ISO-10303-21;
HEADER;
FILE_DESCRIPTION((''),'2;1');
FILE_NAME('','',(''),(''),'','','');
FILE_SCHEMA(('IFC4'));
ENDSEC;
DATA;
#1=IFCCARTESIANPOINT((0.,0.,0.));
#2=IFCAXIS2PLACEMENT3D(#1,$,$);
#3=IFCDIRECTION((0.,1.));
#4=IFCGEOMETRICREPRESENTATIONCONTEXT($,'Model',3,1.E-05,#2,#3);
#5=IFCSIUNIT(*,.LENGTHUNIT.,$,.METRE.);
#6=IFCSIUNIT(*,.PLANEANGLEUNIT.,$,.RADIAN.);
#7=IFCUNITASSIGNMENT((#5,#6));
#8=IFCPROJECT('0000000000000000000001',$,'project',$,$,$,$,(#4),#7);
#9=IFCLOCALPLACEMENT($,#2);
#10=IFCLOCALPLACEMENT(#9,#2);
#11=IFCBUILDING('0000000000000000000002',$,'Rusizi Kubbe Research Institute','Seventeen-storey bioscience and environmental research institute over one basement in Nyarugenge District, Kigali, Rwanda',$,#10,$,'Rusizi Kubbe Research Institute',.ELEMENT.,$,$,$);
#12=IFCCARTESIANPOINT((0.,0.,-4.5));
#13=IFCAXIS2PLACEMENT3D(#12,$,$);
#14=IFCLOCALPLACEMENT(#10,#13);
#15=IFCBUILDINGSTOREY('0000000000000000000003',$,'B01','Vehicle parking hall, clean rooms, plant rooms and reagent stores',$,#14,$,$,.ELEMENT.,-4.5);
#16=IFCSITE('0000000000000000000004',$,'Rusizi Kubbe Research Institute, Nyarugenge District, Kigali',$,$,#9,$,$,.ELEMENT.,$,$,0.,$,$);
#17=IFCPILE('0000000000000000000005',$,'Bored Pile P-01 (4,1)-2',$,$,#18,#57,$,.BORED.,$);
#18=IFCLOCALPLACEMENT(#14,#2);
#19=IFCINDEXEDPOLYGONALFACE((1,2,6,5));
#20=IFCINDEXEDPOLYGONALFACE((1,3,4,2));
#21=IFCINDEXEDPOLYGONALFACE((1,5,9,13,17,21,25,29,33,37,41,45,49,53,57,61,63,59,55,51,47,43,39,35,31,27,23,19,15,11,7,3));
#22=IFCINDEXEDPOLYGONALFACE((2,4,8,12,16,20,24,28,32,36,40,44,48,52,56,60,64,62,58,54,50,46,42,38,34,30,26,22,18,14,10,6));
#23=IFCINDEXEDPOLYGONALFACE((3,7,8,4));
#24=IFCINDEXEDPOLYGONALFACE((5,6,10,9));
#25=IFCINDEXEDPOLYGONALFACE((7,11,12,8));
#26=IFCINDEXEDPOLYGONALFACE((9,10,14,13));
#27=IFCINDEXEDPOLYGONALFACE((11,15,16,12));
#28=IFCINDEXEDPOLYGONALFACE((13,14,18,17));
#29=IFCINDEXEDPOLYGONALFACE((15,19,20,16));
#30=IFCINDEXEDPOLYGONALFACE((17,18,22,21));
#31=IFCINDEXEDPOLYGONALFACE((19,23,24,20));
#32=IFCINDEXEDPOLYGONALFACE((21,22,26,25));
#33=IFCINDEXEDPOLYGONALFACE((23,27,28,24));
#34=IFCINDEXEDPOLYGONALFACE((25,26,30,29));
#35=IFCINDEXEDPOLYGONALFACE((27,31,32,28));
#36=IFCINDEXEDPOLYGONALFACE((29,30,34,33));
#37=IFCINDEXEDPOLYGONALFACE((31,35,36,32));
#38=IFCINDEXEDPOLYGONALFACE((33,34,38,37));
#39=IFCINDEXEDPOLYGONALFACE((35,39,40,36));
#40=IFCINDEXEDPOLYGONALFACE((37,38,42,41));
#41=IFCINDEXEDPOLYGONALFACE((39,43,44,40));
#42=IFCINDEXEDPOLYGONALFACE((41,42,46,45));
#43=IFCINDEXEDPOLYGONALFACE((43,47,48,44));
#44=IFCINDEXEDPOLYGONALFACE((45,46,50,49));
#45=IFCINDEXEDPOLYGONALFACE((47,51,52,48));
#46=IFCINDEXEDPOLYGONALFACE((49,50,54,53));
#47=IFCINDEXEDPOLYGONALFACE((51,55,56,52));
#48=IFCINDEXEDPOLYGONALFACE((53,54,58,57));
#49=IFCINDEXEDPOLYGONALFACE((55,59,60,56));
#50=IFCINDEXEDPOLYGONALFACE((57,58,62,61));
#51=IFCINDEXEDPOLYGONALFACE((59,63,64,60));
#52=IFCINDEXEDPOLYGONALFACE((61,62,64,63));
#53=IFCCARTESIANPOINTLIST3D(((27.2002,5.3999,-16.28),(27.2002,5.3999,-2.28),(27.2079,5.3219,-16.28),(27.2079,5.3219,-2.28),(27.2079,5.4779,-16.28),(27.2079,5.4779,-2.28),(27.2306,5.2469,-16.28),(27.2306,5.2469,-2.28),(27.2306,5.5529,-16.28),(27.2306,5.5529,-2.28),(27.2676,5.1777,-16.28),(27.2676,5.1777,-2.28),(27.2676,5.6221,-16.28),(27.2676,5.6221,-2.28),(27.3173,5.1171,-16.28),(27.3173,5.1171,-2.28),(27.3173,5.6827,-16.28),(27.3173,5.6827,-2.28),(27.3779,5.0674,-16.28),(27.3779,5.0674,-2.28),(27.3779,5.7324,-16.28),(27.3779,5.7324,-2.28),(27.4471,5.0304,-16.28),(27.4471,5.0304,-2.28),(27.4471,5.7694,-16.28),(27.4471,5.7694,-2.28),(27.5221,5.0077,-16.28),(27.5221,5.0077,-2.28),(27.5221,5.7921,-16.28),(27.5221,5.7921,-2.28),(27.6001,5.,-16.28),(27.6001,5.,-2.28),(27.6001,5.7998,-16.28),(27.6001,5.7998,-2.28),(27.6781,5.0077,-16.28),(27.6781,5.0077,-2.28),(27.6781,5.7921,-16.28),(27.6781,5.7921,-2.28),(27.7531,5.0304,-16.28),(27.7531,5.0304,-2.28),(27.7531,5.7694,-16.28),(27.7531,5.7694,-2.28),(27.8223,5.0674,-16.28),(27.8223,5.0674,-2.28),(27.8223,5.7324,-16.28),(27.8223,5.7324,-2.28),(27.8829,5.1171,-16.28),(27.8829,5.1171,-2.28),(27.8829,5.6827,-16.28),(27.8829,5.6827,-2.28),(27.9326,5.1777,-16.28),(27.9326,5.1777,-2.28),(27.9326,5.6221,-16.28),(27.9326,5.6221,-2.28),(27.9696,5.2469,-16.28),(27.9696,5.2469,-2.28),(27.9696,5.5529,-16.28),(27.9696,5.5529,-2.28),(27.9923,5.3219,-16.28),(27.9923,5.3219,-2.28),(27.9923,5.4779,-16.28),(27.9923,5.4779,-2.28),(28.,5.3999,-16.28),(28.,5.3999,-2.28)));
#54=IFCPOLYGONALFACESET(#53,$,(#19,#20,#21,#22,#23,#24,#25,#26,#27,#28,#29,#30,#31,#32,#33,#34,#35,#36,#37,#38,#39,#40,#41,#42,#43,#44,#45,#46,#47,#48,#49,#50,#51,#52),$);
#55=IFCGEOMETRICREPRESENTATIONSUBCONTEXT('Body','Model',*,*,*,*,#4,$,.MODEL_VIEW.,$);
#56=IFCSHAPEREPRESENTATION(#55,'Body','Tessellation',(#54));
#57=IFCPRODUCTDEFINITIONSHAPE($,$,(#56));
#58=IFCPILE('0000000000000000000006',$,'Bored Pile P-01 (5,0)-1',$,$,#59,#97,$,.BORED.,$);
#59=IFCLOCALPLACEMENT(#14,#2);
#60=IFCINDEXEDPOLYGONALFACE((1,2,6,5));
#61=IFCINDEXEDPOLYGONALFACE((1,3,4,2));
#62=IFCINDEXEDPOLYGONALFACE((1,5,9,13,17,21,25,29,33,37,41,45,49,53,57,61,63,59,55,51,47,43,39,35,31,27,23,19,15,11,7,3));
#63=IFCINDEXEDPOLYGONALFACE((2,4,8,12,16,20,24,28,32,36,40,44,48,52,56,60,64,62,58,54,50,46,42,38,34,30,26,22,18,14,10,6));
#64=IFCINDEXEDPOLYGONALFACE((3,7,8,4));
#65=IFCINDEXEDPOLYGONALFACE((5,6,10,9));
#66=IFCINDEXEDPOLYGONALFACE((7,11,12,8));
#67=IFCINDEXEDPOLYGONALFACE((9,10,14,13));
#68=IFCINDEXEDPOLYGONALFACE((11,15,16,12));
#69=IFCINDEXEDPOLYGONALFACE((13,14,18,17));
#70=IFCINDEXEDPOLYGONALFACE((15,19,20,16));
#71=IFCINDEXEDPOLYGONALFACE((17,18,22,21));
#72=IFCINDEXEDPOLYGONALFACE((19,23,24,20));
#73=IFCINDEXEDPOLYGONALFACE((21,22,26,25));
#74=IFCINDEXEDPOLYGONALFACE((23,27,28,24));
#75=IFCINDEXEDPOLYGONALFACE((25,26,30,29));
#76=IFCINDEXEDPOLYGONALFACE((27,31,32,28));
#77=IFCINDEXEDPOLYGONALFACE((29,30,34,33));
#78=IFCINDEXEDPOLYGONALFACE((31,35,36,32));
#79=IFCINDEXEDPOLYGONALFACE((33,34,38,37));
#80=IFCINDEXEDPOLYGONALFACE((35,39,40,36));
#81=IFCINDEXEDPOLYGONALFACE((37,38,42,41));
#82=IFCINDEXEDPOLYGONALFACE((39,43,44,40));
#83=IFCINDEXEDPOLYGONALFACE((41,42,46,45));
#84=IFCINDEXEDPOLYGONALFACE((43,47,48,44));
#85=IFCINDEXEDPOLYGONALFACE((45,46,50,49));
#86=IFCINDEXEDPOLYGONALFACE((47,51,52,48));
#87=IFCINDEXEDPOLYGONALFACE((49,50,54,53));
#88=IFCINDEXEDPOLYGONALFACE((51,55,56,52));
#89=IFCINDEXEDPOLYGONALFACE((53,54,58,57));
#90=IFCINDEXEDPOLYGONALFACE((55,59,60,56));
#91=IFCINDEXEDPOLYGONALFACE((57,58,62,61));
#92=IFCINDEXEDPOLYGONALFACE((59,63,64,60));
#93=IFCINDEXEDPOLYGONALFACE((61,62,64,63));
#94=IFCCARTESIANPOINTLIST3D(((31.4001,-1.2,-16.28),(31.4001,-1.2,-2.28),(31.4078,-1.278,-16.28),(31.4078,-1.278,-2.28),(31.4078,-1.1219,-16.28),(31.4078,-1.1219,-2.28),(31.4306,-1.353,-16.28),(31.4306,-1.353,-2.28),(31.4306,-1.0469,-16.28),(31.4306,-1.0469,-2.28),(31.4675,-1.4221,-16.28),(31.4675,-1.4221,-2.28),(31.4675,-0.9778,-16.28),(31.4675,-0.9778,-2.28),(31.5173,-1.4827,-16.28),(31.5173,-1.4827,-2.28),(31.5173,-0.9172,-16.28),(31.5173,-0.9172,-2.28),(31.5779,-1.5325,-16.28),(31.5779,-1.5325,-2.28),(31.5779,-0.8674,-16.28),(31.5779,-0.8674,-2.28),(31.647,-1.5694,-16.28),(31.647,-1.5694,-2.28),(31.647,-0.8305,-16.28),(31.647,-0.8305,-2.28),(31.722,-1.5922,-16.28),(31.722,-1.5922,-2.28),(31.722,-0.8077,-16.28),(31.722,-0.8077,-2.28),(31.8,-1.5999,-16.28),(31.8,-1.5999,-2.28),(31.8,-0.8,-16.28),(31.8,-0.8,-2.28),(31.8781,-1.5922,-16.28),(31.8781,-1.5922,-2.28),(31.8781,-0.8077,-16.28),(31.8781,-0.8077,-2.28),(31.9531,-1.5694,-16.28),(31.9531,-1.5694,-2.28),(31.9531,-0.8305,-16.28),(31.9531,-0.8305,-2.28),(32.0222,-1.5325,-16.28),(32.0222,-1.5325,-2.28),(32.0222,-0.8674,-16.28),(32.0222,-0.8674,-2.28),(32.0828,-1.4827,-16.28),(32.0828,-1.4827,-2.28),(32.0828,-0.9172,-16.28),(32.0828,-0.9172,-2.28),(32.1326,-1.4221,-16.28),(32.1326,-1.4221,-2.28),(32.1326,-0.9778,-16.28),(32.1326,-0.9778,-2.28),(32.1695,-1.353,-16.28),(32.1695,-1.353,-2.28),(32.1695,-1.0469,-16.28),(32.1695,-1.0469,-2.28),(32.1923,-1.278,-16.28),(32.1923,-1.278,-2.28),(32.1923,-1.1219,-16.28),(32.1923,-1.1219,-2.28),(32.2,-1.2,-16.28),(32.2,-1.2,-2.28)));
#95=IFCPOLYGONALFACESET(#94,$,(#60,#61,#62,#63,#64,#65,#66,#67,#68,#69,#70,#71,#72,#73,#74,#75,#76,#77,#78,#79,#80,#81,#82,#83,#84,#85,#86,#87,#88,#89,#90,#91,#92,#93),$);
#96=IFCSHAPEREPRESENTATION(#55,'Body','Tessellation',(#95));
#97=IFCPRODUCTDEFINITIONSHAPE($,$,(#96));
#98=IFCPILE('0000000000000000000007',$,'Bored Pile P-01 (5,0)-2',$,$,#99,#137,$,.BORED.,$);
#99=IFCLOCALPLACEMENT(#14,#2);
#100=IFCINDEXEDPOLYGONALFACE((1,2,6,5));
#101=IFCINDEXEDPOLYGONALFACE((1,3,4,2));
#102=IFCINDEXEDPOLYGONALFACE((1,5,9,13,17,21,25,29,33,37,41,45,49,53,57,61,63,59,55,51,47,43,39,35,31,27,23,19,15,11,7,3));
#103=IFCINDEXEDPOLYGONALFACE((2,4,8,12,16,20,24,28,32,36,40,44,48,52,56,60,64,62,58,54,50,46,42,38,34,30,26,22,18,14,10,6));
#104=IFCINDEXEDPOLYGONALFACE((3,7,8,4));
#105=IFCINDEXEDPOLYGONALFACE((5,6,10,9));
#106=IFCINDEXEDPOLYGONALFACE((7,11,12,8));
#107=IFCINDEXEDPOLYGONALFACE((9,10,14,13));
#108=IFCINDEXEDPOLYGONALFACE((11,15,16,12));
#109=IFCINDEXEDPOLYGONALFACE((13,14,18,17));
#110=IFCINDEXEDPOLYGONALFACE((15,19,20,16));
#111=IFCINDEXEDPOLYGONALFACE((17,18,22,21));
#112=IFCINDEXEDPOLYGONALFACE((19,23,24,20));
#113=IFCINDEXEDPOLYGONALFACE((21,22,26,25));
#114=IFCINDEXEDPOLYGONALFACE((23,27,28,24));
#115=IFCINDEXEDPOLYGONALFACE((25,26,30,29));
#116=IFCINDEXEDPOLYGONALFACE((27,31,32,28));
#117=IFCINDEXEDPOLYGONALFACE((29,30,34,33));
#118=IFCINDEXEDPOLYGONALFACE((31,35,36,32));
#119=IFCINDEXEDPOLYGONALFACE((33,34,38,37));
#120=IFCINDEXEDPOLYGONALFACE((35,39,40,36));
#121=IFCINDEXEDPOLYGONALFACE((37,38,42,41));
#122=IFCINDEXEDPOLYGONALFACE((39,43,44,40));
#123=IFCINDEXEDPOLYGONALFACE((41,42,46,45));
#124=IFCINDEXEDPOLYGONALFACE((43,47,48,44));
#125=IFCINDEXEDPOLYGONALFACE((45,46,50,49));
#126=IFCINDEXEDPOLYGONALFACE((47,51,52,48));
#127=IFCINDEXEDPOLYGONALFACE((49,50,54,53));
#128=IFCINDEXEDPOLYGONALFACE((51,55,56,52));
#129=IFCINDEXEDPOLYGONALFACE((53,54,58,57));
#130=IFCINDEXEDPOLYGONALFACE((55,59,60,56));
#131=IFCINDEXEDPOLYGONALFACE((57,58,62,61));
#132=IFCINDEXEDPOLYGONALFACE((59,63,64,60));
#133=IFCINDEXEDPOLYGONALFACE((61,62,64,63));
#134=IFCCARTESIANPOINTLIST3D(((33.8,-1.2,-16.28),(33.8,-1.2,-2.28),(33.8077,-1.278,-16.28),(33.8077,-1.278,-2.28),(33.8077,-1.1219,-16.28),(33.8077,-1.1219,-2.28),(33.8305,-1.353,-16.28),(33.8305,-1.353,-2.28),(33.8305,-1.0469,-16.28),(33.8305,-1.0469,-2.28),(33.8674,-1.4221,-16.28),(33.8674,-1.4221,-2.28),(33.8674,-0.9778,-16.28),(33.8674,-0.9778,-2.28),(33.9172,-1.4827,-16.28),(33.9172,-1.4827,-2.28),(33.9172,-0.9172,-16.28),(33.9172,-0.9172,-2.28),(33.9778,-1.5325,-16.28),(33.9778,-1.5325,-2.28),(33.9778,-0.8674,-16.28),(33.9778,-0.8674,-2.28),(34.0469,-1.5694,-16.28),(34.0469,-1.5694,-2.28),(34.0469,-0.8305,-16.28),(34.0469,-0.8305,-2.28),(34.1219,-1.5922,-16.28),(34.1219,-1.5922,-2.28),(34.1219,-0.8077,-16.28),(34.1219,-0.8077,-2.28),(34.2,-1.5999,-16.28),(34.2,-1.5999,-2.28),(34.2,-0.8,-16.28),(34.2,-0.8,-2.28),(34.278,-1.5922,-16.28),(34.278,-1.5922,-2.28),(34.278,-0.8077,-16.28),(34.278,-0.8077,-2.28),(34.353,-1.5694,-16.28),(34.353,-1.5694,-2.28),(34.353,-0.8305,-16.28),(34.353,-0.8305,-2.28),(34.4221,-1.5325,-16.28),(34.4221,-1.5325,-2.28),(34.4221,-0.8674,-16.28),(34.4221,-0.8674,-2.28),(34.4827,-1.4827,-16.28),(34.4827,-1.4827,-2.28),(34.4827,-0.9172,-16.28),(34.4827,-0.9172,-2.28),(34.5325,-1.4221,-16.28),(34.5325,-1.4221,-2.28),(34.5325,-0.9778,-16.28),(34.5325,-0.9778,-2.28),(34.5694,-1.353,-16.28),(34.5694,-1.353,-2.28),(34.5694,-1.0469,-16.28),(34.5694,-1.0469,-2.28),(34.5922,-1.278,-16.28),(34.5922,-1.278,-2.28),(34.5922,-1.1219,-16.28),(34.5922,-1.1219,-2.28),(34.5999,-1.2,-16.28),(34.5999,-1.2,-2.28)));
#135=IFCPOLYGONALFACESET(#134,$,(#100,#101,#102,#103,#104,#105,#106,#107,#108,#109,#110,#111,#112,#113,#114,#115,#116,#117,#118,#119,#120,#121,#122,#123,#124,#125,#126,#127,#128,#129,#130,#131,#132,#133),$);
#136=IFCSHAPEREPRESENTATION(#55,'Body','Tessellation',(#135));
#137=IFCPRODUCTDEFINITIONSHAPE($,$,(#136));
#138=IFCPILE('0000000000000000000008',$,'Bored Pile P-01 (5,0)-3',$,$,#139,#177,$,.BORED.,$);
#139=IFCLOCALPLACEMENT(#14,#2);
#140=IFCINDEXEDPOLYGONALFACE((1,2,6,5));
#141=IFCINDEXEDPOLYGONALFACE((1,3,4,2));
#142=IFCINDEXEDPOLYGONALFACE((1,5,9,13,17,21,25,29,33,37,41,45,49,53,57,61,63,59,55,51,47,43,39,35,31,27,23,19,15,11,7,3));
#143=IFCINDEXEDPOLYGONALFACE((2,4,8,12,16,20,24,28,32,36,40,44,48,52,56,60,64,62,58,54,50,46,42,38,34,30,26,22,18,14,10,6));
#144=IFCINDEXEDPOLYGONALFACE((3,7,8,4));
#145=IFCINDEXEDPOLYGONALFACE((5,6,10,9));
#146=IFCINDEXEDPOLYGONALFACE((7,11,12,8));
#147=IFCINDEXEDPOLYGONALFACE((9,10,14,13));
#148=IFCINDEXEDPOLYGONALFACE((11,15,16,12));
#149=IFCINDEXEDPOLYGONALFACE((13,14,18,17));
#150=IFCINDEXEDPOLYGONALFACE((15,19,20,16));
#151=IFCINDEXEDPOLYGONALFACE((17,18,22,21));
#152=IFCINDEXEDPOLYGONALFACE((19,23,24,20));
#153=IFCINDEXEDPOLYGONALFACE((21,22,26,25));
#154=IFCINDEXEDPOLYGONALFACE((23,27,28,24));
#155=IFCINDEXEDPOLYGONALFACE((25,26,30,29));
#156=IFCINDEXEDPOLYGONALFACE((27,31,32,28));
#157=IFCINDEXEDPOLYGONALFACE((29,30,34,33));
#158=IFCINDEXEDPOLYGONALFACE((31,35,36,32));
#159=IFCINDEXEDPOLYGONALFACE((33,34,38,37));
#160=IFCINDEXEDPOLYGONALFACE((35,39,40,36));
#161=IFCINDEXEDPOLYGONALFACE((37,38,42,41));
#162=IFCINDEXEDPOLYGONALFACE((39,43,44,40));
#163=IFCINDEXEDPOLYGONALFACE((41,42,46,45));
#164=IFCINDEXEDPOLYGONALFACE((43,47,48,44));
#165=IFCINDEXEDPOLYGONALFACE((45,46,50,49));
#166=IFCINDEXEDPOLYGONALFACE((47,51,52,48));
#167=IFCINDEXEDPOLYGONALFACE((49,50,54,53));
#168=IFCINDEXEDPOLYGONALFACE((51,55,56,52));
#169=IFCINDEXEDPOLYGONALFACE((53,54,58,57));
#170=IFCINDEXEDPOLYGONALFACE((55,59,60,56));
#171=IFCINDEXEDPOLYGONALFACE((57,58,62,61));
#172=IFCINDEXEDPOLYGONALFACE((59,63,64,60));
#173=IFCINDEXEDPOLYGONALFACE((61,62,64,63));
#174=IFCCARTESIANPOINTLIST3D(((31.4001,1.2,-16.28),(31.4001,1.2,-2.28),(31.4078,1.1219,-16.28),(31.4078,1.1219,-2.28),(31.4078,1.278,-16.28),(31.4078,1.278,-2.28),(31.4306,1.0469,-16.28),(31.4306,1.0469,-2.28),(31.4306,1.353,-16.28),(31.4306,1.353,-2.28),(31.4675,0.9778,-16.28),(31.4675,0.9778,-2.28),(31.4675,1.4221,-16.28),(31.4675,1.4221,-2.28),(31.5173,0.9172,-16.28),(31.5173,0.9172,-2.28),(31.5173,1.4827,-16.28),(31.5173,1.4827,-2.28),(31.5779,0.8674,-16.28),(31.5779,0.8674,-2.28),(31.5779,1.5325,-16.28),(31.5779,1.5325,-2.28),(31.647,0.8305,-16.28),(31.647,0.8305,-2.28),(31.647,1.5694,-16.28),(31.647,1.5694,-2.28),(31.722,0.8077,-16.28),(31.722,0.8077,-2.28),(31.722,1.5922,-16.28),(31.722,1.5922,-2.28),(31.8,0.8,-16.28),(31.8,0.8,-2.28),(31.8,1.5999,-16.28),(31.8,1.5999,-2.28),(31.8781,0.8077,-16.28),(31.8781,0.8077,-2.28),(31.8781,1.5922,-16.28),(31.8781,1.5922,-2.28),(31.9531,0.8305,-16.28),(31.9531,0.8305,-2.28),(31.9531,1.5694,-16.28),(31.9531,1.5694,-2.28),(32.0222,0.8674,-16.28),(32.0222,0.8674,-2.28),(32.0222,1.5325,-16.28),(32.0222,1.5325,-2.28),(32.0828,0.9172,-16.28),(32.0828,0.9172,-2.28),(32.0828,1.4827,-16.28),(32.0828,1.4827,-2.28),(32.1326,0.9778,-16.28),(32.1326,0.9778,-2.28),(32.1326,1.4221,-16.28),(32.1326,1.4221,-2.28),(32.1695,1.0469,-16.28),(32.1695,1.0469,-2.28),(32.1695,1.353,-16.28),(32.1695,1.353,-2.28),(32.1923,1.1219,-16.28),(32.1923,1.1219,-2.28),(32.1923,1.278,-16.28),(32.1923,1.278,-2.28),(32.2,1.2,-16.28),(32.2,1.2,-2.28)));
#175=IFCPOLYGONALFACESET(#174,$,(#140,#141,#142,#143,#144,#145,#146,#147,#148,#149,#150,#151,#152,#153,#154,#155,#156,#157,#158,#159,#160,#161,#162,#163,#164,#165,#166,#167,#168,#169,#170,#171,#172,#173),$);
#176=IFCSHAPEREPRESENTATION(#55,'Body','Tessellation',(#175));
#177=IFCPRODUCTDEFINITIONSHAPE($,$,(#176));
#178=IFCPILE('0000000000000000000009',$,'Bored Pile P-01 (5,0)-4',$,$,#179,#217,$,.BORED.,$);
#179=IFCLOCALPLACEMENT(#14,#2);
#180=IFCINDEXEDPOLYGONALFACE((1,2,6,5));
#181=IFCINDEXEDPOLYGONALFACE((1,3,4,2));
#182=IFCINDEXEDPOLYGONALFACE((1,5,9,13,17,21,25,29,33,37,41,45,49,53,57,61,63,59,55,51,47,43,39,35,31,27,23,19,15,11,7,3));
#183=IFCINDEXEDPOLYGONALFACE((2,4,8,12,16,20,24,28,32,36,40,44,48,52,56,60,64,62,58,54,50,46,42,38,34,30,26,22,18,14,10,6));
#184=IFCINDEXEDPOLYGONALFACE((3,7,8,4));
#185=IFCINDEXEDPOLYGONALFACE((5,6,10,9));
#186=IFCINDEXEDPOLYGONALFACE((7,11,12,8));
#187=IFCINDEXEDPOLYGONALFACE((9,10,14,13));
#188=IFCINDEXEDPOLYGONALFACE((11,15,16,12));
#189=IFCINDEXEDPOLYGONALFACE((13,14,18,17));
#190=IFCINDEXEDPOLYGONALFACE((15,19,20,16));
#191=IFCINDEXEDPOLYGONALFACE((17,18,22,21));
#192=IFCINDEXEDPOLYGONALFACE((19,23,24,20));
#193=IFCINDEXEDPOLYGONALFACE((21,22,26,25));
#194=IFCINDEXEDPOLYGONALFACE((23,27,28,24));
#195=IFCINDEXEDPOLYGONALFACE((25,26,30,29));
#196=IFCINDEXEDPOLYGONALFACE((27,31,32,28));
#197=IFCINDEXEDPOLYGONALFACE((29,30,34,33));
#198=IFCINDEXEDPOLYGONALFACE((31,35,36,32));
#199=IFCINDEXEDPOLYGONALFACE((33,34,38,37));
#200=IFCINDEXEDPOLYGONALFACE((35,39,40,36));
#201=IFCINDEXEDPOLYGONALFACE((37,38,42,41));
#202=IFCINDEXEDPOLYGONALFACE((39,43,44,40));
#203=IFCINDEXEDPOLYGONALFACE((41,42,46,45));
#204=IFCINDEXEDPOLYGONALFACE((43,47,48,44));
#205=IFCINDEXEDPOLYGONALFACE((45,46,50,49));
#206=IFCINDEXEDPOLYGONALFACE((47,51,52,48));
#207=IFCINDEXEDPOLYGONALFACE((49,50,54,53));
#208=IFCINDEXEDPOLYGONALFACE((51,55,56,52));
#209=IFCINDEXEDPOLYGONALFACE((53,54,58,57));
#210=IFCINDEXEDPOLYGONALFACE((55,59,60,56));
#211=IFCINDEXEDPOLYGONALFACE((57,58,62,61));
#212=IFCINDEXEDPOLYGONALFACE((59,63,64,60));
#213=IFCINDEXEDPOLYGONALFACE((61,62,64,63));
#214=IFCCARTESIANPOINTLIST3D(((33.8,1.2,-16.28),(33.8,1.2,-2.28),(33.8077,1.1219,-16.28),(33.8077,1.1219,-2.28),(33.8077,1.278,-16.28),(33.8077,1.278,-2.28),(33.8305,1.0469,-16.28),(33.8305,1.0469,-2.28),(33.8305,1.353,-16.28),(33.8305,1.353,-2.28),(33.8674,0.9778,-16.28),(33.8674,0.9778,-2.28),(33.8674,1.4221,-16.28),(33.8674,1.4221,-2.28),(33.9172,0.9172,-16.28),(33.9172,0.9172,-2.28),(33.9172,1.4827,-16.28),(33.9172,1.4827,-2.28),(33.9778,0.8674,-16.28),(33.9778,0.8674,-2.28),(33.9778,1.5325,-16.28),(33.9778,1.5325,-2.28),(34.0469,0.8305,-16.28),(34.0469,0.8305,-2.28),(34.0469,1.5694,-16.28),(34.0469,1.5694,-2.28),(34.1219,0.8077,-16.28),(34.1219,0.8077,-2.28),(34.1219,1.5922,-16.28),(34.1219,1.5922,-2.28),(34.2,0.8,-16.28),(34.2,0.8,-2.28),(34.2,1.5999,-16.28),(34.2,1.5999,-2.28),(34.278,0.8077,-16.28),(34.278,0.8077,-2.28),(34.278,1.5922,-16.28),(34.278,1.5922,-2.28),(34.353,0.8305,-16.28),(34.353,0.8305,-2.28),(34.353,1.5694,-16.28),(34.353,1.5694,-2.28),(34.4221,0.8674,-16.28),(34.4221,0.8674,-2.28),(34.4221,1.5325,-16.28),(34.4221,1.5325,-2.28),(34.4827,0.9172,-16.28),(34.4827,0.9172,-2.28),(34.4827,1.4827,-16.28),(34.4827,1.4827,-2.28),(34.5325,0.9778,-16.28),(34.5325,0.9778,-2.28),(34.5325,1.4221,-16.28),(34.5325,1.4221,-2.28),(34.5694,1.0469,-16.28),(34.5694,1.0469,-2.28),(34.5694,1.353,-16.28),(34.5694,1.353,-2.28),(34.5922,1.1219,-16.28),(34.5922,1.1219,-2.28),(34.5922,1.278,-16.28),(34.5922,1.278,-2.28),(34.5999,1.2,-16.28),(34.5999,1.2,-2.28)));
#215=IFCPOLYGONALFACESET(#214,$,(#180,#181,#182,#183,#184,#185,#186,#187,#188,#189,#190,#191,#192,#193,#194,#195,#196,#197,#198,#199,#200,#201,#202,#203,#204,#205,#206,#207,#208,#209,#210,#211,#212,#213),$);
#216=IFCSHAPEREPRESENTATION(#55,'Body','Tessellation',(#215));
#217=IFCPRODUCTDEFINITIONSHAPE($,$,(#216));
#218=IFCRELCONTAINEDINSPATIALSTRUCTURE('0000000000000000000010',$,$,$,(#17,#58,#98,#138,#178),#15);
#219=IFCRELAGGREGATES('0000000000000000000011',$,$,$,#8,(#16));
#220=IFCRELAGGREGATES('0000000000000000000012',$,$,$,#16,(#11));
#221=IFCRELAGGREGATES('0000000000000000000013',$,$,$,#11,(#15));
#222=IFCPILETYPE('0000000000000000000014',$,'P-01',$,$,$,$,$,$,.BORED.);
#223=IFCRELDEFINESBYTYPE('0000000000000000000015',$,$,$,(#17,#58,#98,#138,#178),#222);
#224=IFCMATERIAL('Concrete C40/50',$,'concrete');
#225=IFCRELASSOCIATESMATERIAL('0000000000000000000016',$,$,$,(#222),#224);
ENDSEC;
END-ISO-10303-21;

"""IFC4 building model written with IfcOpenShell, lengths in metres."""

from ifc_helpers import new_model, si_unit, direction, frame, origin, origin_2d, place, context, subcontext, project, spatial, circle, extrude, material, material_profile, profile_set, type_object, element, save


model = new_model("IFC4")

# Units and contexts
model_context = context("Model", 3, precision=1e-05, world=origin(), true_north=direction((0.0, 1.0)))
body_context = subcontext(model_context, "Body", "Model", "MODEL_VIEW")
ifc_project = project(units=[si_unit("LENGTHUNIT", "METRE"), si_unit("PLANEANGLEUNIT", "RADIAN")], contexts=[model_context])

# Site, building, storey
site_placement = place(None, origin())
site = spatial("IfcSite", under=ifc_project, at=site_placement, Name="Rusizi Kubbe Research Institute, Nyarugenge District, Kigali", CompositionType="ELEMENT", RefElevation=0.0)
building_placement = place(site_placement, origin())
building = spatial("IfcBuilding", under=site, at=building_placement, Name="Rusizi Kubbe Research Institute", Description="Seventeen-storey bioscience and environmental research institute over one basement in Nyarugenge District, Kigali, Rwanda", LongName="Rusizi Kubbe Research Institute", CompositionType="ELEMENT")
storey_placement = place(building_placement, frame((0.0, 0.0, -4.5)))
storey = spatial("IfcBuildingStorey", under=building, at=storey_placement, Name="B01", Description="Vehicle parking hall, clean rooms, plant rooms and reagent stores", CompositionType="ELEMENT", Elevation=-4.5)

# Piles
ifc_material_1 = material(Name="Concrete C40/50", Category="concrete")
ifc_material_profile_1 = material_profile(ifc_material_1, circle(Radius=0.3999, at=origin_2d()), Name="PILE-D800")
ifc_profile_set_1 = profile_set([ifc_material_profile_1], Name="Concrete C40/50")
pile_type_1 = type_object("IfcPileType", Name="P-01", PredefinedType="BORED", material=ifc_profile_set_1)
for number, where, z_axis, x_axis, name in (
    (1, (27.6001, 5.3999, -2.28), (0.0, 0.0, -1.0), (1.0, 0.0, 0.0), "Bored Pile P-01 (4,1)-2"),
    (2, (31.8, -1.2, -2.28), (0.0, 0.0, -1.0), (1.0, 0.0, 0.0), "Bored Pile P-01 (5,0)-1"),
    (3, (34.2, -1.2, -2.28), (0.0, 0.0, -1.0), (1.0, 0.0, 0.0), "Bored Pile P-01 (5,0)-2"),
    (4, (31.8, 1.2, -2.28), (0.0, 0.0, -1.0), (1.0, 0.0, 0.0), "Bored Pile P-01 (5,0)-3"),
    (5, (34.2, 1.2, -2.28), (0.0, 0.0, -1.0), (1.0, 0.0, 0.0), "Bored Pile P-01 (5,0)-4"),
):
    element("IfcPile", number, at=place(storey_placement, frame(where, z_axis=z_axis, x_axis=x_axis)), inside=storey, type_object=pile_type_1, Name=name, PredefinedType="BORED", context=body_context, shape_type="SweptSolid", body=[
        extrude(circle(Radius=0.3999, at=origin_2d()), origin(), (0.0, 0.0, 1.0), 14.0),
    ])

save(model, "model.ifc")
